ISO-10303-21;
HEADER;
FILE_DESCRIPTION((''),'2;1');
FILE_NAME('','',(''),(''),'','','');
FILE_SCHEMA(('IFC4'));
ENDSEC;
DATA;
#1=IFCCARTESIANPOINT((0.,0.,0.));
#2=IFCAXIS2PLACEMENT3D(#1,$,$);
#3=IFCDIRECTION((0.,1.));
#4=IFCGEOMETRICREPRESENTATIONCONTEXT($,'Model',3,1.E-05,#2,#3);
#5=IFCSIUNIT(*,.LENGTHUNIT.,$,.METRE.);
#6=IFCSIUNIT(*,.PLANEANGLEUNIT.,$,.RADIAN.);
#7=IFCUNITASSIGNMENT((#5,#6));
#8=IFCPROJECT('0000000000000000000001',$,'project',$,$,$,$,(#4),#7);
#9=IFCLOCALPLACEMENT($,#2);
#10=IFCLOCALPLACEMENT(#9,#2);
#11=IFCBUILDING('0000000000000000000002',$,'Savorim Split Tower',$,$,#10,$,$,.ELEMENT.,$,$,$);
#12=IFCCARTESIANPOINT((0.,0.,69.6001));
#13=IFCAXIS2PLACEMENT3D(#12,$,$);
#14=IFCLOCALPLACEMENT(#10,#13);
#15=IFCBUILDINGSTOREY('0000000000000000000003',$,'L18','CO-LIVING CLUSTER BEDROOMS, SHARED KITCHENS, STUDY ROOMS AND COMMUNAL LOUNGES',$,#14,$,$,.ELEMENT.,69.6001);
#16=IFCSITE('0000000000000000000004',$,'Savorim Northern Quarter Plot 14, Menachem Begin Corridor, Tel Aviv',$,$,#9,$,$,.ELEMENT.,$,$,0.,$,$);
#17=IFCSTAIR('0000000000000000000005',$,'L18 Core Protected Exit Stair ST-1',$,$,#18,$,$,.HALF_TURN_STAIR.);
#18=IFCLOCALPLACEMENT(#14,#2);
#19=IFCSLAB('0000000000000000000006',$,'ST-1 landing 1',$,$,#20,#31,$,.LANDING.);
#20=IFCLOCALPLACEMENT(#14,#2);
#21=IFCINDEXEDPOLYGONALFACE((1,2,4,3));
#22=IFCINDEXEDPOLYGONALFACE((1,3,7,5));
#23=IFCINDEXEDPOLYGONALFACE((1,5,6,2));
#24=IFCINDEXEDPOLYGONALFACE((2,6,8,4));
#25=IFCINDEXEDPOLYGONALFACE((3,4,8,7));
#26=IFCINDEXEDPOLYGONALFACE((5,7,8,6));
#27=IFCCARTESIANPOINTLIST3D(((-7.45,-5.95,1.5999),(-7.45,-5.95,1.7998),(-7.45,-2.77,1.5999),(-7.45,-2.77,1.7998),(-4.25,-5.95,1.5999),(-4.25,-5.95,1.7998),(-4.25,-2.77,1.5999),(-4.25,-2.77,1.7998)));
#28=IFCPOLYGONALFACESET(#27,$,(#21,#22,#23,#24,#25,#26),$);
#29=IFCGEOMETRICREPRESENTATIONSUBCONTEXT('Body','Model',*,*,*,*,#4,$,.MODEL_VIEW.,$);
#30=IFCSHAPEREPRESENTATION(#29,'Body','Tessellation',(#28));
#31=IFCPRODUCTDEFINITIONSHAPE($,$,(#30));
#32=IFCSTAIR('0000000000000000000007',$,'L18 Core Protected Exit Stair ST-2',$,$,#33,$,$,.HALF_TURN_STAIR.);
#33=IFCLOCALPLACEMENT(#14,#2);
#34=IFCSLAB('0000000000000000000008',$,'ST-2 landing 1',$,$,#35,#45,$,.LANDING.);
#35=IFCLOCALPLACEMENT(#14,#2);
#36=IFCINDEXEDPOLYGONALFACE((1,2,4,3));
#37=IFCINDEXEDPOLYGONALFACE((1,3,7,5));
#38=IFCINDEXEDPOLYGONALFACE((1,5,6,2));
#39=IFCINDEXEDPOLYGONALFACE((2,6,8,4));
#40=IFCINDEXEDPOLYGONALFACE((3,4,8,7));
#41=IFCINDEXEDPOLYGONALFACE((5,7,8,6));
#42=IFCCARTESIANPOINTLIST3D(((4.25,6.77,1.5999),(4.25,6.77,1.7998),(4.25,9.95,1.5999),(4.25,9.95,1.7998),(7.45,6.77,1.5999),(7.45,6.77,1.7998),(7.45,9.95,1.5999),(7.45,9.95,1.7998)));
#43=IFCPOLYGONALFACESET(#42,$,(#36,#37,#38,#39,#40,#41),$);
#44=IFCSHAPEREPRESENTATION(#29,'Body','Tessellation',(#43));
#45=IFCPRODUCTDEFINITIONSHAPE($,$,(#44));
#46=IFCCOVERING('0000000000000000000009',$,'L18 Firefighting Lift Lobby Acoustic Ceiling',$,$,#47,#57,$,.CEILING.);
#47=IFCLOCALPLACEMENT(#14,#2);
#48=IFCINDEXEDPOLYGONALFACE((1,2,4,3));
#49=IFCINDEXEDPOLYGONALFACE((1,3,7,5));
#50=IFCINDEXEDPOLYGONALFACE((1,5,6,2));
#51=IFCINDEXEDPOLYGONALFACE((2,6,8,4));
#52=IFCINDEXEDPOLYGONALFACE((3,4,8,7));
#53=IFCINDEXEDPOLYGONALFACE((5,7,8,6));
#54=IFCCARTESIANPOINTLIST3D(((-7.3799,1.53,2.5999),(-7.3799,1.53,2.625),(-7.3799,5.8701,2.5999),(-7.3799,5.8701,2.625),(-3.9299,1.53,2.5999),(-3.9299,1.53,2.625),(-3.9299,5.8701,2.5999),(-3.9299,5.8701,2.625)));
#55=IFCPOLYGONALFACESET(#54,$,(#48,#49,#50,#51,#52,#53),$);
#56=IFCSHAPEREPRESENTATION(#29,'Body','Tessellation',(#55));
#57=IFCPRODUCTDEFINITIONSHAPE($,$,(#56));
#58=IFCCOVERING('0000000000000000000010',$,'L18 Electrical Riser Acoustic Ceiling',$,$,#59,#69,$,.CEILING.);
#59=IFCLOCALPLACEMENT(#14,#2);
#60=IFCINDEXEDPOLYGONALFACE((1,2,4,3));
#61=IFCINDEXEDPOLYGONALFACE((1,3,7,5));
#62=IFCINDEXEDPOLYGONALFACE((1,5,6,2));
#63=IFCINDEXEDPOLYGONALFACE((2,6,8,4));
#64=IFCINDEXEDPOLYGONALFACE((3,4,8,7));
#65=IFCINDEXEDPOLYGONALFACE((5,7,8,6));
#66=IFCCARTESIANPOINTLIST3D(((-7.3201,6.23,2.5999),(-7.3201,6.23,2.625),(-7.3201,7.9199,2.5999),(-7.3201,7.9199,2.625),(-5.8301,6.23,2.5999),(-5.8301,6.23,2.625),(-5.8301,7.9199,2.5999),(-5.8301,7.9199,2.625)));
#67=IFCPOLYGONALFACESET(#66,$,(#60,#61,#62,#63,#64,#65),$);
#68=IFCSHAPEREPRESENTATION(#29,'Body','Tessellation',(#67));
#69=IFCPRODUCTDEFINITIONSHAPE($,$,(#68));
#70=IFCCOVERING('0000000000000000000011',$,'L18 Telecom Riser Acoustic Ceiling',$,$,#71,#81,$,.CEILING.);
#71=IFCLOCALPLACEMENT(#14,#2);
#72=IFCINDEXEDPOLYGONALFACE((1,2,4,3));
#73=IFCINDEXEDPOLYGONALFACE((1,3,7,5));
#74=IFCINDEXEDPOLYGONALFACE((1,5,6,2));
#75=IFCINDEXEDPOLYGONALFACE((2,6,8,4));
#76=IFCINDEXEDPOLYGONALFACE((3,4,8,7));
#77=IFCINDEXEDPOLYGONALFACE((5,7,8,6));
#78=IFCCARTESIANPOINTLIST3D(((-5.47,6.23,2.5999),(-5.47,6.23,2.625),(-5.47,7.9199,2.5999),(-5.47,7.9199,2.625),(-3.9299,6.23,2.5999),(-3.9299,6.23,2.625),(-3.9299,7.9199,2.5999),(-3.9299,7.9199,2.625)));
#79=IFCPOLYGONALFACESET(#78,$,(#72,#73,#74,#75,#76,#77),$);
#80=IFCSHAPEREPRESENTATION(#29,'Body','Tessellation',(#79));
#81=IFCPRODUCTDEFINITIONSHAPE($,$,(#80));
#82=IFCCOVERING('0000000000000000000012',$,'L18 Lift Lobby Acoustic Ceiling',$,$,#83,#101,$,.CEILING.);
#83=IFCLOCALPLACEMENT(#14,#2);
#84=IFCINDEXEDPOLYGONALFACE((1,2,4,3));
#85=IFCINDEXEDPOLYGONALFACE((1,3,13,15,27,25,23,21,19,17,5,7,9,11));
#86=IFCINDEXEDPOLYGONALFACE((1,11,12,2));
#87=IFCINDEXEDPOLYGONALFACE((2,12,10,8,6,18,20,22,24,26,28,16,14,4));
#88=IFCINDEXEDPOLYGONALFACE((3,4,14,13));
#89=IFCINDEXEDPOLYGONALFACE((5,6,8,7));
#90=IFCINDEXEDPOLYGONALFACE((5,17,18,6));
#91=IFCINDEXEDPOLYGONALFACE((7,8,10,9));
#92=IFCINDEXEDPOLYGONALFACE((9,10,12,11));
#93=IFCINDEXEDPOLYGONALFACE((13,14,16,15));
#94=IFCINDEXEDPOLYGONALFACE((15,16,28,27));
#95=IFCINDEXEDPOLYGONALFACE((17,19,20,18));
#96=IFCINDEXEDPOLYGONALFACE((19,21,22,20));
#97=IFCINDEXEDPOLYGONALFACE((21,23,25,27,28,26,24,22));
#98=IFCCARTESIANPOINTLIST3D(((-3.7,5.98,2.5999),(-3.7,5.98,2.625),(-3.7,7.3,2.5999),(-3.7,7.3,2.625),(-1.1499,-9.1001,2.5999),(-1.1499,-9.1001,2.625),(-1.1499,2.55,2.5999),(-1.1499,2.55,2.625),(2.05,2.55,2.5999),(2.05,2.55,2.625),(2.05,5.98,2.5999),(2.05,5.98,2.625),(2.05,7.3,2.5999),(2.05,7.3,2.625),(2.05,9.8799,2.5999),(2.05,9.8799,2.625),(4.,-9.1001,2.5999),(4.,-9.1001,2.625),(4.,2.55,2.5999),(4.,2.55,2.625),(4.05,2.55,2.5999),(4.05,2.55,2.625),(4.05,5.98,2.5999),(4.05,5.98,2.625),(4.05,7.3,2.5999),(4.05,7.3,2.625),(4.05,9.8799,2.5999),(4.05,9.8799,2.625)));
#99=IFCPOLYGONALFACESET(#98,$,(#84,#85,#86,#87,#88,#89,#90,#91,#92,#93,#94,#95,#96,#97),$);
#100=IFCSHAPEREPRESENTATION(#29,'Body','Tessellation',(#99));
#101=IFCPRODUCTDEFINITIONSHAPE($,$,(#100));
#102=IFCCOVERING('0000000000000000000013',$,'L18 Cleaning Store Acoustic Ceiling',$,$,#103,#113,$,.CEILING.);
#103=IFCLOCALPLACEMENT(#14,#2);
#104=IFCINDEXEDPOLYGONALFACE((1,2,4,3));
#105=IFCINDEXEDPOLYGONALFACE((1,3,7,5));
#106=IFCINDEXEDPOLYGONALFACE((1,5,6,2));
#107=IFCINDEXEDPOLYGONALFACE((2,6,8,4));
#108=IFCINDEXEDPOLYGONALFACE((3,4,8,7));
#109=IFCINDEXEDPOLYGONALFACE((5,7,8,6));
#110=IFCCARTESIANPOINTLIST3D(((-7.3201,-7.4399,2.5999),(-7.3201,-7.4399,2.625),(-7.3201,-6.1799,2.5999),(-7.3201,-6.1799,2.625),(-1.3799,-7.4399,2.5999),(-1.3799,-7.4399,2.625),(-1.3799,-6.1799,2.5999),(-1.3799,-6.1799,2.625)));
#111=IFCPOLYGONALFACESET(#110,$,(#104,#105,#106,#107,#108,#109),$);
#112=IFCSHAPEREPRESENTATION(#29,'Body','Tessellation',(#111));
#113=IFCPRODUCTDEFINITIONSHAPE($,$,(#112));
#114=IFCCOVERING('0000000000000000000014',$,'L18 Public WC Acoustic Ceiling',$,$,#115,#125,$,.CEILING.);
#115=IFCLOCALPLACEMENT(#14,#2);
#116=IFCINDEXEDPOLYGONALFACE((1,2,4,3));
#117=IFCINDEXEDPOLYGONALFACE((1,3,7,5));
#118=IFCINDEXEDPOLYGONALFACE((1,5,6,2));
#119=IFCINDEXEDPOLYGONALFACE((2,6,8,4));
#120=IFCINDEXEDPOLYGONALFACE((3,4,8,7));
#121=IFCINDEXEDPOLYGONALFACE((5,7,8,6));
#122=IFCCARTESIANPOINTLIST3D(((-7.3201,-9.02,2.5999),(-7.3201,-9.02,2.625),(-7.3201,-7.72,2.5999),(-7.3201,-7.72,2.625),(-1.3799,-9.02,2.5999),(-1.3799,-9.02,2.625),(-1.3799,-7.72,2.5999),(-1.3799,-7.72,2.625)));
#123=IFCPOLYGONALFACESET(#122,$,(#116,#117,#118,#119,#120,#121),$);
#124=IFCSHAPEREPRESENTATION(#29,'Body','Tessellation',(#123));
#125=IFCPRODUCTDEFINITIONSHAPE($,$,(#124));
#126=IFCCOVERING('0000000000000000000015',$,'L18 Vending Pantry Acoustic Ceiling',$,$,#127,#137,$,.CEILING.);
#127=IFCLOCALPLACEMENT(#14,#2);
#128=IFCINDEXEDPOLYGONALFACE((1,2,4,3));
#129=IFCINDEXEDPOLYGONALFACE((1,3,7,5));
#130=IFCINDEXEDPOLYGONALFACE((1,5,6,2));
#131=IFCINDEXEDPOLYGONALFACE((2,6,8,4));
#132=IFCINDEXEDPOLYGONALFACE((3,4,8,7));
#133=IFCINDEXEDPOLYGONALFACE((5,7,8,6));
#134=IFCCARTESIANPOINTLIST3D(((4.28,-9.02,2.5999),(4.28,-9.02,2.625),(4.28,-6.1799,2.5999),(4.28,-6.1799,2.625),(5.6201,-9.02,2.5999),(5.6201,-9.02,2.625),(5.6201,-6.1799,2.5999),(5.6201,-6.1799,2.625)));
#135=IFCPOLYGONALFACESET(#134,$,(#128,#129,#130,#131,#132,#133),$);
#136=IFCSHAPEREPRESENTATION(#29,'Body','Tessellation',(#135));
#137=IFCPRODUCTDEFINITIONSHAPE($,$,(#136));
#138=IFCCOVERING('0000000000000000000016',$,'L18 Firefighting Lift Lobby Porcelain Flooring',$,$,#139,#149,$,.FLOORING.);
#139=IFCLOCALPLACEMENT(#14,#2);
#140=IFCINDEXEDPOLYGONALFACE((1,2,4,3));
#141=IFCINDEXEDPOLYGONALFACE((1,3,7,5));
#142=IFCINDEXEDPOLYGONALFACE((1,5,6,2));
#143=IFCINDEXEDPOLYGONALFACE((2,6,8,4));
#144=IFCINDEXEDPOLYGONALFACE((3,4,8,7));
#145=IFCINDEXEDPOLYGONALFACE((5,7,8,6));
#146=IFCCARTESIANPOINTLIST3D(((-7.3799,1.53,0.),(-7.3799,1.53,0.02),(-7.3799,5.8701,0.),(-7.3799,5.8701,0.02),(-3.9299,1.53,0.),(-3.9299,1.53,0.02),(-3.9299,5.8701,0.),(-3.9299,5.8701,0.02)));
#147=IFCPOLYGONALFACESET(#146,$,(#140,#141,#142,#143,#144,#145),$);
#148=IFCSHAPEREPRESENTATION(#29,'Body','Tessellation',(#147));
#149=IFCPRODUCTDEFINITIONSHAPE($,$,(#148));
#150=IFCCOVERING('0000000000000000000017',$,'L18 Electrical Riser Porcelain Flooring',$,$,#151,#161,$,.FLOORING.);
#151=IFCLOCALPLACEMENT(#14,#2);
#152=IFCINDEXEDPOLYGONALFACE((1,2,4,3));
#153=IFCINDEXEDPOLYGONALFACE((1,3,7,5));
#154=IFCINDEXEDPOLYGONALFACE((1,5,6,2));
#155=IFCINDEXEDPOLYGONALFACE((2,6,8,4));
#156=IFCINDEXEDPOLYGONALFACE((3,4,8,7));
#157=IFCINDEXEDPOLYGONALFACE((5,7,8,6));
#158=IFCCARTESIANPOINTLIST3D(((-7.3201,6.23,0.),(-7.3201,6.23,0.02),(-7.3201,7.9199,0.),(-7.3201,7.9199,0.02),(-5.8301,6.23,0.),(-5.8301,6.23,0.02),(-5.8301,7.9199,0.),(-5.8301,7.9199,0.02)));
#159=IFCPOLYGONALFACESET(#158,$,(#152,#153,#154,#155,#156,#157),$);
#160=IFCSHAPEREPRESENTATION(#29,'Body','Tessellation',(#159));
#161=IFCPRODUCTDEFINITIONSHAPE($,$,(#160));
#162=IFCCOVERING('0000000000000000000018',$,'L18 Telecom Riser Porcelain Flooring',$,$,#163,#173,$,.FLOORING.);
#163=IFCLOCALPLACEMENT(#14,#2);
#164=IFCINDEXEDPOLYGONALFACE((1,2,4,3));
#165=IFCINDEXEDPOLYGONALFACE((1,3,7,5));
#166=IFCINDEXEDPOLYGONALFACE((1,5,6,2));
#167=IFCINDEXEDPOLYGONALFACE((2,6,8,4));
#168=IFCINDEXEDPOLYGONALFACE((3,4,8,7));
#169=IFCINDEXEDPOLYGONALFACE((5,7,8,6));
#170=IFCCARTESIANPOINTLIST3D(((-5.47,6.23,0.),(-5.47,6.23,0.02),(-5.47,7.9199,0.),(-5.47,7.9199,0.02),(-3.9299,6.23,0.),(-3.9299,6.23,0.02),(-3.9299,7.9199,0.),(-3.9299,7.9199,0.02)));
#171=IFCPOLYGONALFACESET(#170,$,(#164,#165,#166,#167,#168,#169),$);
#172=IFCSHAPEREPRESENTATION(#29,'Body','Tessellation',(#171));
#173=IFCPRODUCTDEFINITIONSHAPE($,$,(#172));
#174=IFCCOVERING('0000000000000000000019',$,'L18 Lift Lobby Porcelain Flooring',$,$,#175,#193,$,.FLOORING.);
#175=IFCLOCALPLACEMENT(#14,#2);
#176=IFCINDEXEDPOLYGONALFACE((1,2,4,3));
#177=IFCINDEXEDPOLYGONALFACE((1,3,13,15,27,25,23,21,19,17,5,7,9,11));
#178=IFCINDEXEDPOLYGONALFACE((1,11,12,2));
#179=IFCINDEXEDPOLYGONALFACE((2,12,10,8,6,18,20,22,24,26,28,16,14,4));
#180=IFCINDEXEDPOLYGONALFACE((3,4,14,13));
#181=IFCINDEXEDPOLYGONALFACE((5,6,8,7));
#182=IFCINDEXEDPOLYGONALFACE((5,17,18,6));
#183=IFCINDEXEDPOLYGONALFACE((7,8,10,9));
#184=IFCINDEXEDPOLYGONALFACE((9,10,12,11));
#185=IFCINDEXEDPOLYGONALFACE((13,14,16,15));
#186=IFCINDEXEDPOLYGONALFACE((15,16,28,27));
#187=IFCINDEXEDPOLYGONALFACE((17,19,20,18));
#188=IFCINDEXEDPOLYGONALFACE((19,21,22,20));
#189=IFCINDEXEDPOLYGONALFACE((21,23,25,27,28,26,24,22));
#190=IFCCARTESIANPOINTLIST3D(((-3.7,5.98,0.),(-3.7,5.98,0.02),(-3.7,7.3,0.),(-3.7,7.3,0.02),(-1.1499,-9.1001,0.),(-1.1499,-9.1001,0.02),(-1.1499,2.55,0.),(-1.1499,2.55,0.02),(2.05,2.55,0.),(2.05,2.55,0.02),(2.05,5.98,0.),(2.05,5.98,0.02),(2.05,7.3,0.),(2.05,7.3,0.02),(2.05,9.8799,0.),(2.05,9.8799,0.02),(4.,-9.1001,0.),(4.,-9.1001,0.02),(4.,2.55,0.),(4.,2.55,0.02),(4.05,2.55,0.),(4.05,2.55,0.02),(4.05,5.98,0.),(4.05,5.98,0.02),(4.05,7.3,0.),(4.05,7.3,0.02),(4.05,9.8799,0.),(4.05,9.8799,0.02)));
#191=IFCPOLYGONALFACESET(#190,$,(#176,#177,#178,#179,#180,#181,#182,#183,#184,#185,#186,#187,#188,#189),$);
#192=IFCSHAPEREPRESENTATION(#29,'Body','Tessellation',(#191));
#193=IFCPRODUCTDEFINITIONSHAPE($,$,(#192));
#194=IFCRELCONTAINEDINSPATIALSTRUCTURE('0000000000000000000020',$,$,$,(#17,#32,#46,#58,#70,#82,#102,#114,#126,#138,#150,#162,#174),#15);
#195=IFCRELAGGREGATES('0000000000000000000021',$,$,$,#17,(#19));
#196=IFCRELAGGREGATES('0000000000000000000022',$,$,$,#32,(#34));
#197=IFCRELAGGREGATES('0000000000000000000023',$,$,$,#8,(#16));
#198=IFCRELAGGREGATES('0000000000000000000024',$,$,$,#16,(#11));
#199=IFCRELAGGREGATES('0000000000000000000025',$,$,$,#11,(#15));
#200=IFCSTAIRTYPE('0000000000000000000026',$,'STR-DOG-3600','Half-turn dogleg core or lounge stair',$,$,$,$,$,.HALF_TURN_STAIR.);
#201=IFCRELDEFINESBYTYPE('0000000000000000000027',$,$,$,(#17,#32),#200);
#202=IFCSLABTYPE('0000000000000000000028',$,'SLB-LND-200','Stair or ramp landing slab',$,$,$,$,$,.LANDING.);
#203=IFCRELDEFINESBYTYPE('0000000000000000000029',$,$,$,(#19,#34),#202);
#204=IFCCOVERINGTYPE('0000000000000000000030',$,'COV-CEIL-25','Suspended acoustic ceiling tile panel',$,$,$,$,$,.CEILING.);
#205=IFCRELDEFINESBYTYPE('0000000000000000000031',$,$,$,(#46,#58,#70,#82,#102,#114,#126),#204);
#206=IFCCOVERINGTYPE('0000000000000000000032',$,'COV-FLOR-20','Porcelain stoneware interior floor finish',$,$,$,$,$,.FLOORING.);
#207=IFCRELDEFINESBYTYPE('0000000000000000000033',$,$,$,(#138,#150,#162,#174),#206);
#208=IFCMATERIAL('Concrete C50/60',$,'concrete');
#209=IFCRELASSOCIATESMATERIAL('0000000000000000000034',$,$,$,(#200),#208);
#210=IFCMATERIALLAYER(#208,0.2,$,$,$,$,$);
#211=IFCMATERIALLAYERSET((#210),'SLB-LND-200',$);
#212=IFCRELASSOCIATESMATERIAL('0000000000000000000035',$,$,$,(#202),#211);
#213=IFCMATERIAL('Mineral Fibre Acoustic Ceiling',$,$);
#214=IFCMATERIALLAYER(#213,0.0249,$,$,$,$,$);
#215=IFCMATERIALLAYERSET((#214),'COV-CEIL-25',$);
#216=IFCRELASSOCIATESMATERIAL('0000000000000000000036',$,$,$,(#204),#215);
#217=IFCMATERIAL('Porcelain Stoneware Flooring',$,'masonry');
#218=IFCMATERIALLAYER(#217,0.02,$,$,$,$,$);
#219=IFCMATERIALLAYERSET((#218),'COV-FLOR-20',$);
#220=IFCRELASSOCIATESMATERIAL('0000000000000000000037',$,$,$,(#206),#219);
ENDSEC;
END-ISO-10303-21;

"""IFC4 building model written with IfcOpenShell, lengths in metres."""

from ifc_helpers import new_model, si_unit, direction, frame, origin, place, context, subcontext, project, spatial, polyline, outline, extrude, material, layer, layer_set, type_object, element, aggregate, save


model = new_model("IFC4")

# Units and contexts
model_context = context("Model", 3, precision=1e-05, world=origin(), true_north=direction((0.0, 1.0)))
body_context = subcontext(model_context, "Body", "Model", "MODEL_VIEW")
ifc_project = project(units=[si_unit("LENGTHUNIT", "METRE"), si_unit("PLANEANGLEUNIT", "RADIAN")], contexts=[model_context])

# Site, building, storey
site_placement = place(None, origin())
site = spatial("IfcSite", under=ifc_project, at=site_placement, Name="Savorim Northern Quarter Plot 14, Menachem Begin Corridor, Tel Aviv", CompositionType="ELEMENT", RefElevation=0.0)
building_placement = place(site_placement, origin())
building = spatial("IfcBuilding", under=site, at=building_placement, Name="Savorim Split Tower", CompositionType="ELEMENT")
storey_placement = place(building_placement, frame((0.0, 0.0, 69.6001)))
storey = spatial("IfcBuildingStorey", under=building, at=storey_placement, Name="L18", Description="CO-LIVING CLUSTER BEDROOMS, SHARED KITCHENS, STUDY ROOMS AND COMMUNAL LOUNGES", CompositionType="ELEMENT", Elevation=69.6001)

# Stairs, slabs
ifc_material_1 = material(Name="Concrete C50/60", Category="concrete")
stair_type = type_object("IfcStairType", Name="STR-DOG-3600", Description="Half-turn dogleg core or lounge stair", PredefinedType="HALF_TURN_STAIR", material=ifc_material_1)
stair_1_placement = place(storey_placement, origin())
stair_1 = element("IfcStair", 1, at=stair_1_placement, inside=storey, type_object=stair_type, Name="L18 Core Protected Exit Stair ST-1", PredefinedType="HALF_TURN_STAIR")
ifc_layer_1 = layer(ifc_material_1, 0.2)
ifc_layer_set_1 = layer_set([ifc_layer_1], Name="SLB-LND-200")
slab_type = type_object("IfcSlabType", Name="SLB-LND-200", Description="Stair or ramp landing slab", PredefinedType="LANDING", material=ifc_layer_set_1)
slab_1_placement = place(storey_placement, frame((0.0, 0.0, 1.5999)))
slab_1 = element("IfcSlab", 2, at=slab_1_placement, type_object=slab_type, Name="ST-1 landing 1", PredefinedType="LANDING", context=body_context, shape_type="SweptSolid", body=[
    extrude(outline(polyline([(-7.45, -2.77), (-7.45, -5.95), (-4.25, -5.95), (-4.25, -2.77), (-7.45, -2.77)])), origin(), (0.0, 0.0, 1.0), 0.2),
])
aggregate(stair_1, [slab_1])
stair_2_placement = place(storey_placement, origin())
stair_2 = element("IfcStair", 3, at=stair_2_placement, inside=storey, type_object=stair_type, Name="L18 Core Protected Exit Stair ST-2", PredefinedType="HALF_TURN_STAIR")
slab_2_placement = place(storey_placement, frame((0.0, 0.0, 1.5999)))
slab_2 = element("IfcSlab", 4, at=slab_2_placement, type_object=slab_type, Name="ST-2 landing 1", PredefinedType="LANDING", context=body_context, shape_type="SweptSolid", body=[
    extrude(outline(polyline([(7.45, 6.77), (7.45, 9.95), (4.25, 9.95), (4.25, 6.77), (7.45, 6.77)])), origin(), (0.0, 0.0, 1.0), 0.2),
])
aggregate(stair_2, [slab_2])

# Coverings
ifc_material_2 = material(Name="Mineral Fibre Acoustic Ceiling")
ifc_layer_2 = layer(ifc_material_2, 0.0249)
ifc_layer_set_2 = layer_set([ifc_layer_2], Name="COV-CEIL-25")
covering_type_1 = type_object("IfcCoveringType", Name="COV-CEIL-25", Description="Suspended acoustic ceiling tile panel", PredefinedType="CEILING", material=ifc_layer_set_2)
covering_1_placement = place(storey_placement, frame((0.0, 0.0, 2.5999)))
element("IfcCovering", 5, at=covering_1_placement, inside=storey, type_object=covering_type_1, Name="L18 Firefighting Lift Lobby Acoustic Ceiling", PredefinedType="CEILING", context=body_context, shape_type="SweptSolid", body=[
    extrude(outline(polyline([(-7.3799, 5.8701), (-7.3799, 1.53), (-3.9299, 1.53), (-3.9299, 5.8701), (-7.3799, 5.8701)])), origin(), (0.0, 0.0, 1.0), 0.0251),
])
covering_2_placement = place(storey_placement, frame((0.0, 0.0, 2.5999)))
element("IfcCovering", 6, at=covering_2_placement, inside=storey, type_object=covering_type_1, Name="L18 Electrical Riser Acoustic Ceiling", PredefinedType="CEILING", context=body_context, shape_type="SweptSolid", body=[
    extrude(outline(polyline([(-7.3201, 7.9199), (-7.3201, 6.23), (-5.8301, 6.23), (-5.8301, 7.9199), (-7.3201, 7.9199)])), origin(), (0.0, 0.0, 1.0), 0.0251),
])
covering_3_placement = place(storey_placement, frame((0.0, 0.0, 2.5999)))
element("IfcCovering", 7, at=covering_3_placement, inside=storey, type_object=covering_type_1, Name="L18 Telecom Riser Acoustic Ceiling", PredefinedType="CEILING", context=body_context, shape_type="SweptSolid", body=[
    extrude(outline(polyline([(-5.47, 7.9199), (-5.47, 6.23), (-3.9299, 6.23), (-3.9299, 7.9199), (-5.47, 7.9199)])), origin(), (0.0, 0.0, 1.0), 0.0251),
])
covering_4_placement = place(storey_placement, frame((0.0, 0.0, 2.5999)))
element("IfcCovering", 8, at=covering_4_placement, inside=storey, type_object=covering_type_1, Name="L18 Lift Lobby Acoustic Ceiling", PredefinedType="CEILING", context=body_context, shape_type="SweptSolid", body=[
    extrude(outline(polyline([(2.05, 2.55), (-1.1499, 2.55), (-1.1499, -9.1001), (4.0, -9.1001), (4.0, 2.55), (4.05, 2.55), (4.05, 5.98), (4.05, 7.3), (4.05, 9.8799), (2.05, 9.8799), (2.05, 7.3), (-3.7, 7.3), (-3.7, 5.98), (2.05, 5.98), (2.05, 2.55)])), origin(), (0.0, 0.0, 1.0), 0.0251),
])
covering_5_placement = place(storey_placement, frame((0.0, 0.0, 2.5999)))
element("IfcCovering", 9, at=covering_5_placement, inside=storey, type_object=covering_type_1, Name="L18 Cleaning Store Acoustic Ceiling", PredefinedType="CEILING", context=body_context, shape_type="SweptSolid", body=[
    extrude(outline(polyline([(-7.3201, -6.1799), (-7.3201, -7.4399), (-1.3799, -7.4399), (-1.3799, -6.1799), (-7.3201, -6.1799)])), origin(), (0.0, 0.0, 1.0), 0.0251),
])
covering_6_placement = place(storey_placement, frame((0.0, 0.0, 2.5999)))
element("IfcCovering", 10, at=covering_6_placement, inside=storey, type_object=covering_type_1, Name="L18 Public WC Acoustic Ceiling", PredefinedType="CEILING", context=body_context, shape_type="SweptSolid", body=[
    extrude(outline(polyline([(-7.3201, -7.72), (-7.3201, -9.02), (-1.3799, -9.02), (-1.3799, -7.72), (-7.3201, -7.72)])), origin(), (0.0, 0.0, 1.0), 0.0251),
])
covering_7_placement = place(storey_placement, frame((0.0, 0.0, 2.5999)))
element("IfcCovering", 11, at=covering_7_placement, inside=storey, type_object=covering_type_1, Name="L18 Vending Pantry Acoustic Ceiling", PredefinedType="CEILING", context=body_context, shape_type="SweptSolid", body=[
    extrude(outline(polyline([(4.28, -6.1799), (4.28, -9.02), (5.6201, -9.02), (5.6201, -6.1799), (4.28, -6.1799)])), origin(), (0.0, 0.0, 1.0), 0.0251),
])
ifc_material_3 = material(Name="Porcelain Stoneware Flooring", Category="masonry")
ifc_layer_3 = layer(ifc_material_3, 0.02)
ifc_layer_set_3 = layer_set([ifc_layer_3], Name="COV-FLOR-20")
covering_type_2 = type_object("IfcCoveringType", Name="COV-FLOR-20", Description="Porcelain stoneware interior floor finish", PredefinedType="FLOORING", material=ifc_layer_set_3)
covering_8_placement = place(storey_placement, origin())
element("IfcCovering", 12, at=covering_8_placement, inside=storey, type_object=covering_type_2, Name="L18 Firefighting Lift Lobby Porcelain Flooring", PredefinedType="FLOORING", context=body_context, shape_type="SweptSolid", body=[
    extrude(outline(polyline([(-7.3799, 5.8701), (-7.3799, 1.53), (-3.9299, 1.53), (-3.9299, 5.8701), (-7.3799, 5.8701)])), origin(), (0.0, 0.0, 1.0), 0.02),
])
covering_9_placement = place(storey_placement, origin())
element("IfcCovering", 13, at=covering_9_placement, inside=storey, type_object=covering_type_2, Name="L18 Electrical Riser Porcelain Flooring", PredefinedType="FLOORING", context=body_context, shape_type="SweptSolid", body=[
    extrude(outline(polyline([(-7.3201, 7.9199), (-7.3201, 6.23), (-5.8301, 6.23), (-5.8301, 7.9199), (-7.3201, 7.9199)])), origin(), (0.0, 0.0, 1.0), 0.02),
])
covering_10_placement = place(storey_placement, origin())
element("IfcCovering", 14, at=covering_10_placement, inside=storey, type_object=covering_type_2, Name="L18 Telecom Riser Porcelain Flooring", PredefinedType="FLOORING", context=body_context, shape_type="SweptSolid", body=[
    extrude(outline(polyline([(-5.47, 7.9199), (-5.47, 6.23), (-3.9299, 6.23), (-3.9299, 7.9199), (-5.47, 7.9199)])), origin(), (0.0, 0.0, 1.0), 0.02),
])
covering_11_placement = place(storey_placement, origin())
element("IfcCovering", 15, at=covering_11_placement, inside=storey, type_object=covering_type_2, Name="L18 Lift Lobby Porcelain Flooring", PredefinedType="FLOORING", context=body_context, shape_type="SweptSolid", body=[
    extrude(outline(polyline([(2.05, 2.55), (-1.1499, 2.55), (-1.1499, -9.1001), (4.0, -9.1001), (4.0, 2.55), (4.05, 2.55), (4.05, 5.98), (4.05, 7.3), (4.05, 9.8799), (2.05, 9.8799), (2.05, 7.3), (-3.7, 7.3), (-3.7, 5.98), (2.05, 5.98), (2.05, 2.55)])), origin(), (0.0, 0.0, 1.0), 0.02),
])

save(model, "model.ifc")
